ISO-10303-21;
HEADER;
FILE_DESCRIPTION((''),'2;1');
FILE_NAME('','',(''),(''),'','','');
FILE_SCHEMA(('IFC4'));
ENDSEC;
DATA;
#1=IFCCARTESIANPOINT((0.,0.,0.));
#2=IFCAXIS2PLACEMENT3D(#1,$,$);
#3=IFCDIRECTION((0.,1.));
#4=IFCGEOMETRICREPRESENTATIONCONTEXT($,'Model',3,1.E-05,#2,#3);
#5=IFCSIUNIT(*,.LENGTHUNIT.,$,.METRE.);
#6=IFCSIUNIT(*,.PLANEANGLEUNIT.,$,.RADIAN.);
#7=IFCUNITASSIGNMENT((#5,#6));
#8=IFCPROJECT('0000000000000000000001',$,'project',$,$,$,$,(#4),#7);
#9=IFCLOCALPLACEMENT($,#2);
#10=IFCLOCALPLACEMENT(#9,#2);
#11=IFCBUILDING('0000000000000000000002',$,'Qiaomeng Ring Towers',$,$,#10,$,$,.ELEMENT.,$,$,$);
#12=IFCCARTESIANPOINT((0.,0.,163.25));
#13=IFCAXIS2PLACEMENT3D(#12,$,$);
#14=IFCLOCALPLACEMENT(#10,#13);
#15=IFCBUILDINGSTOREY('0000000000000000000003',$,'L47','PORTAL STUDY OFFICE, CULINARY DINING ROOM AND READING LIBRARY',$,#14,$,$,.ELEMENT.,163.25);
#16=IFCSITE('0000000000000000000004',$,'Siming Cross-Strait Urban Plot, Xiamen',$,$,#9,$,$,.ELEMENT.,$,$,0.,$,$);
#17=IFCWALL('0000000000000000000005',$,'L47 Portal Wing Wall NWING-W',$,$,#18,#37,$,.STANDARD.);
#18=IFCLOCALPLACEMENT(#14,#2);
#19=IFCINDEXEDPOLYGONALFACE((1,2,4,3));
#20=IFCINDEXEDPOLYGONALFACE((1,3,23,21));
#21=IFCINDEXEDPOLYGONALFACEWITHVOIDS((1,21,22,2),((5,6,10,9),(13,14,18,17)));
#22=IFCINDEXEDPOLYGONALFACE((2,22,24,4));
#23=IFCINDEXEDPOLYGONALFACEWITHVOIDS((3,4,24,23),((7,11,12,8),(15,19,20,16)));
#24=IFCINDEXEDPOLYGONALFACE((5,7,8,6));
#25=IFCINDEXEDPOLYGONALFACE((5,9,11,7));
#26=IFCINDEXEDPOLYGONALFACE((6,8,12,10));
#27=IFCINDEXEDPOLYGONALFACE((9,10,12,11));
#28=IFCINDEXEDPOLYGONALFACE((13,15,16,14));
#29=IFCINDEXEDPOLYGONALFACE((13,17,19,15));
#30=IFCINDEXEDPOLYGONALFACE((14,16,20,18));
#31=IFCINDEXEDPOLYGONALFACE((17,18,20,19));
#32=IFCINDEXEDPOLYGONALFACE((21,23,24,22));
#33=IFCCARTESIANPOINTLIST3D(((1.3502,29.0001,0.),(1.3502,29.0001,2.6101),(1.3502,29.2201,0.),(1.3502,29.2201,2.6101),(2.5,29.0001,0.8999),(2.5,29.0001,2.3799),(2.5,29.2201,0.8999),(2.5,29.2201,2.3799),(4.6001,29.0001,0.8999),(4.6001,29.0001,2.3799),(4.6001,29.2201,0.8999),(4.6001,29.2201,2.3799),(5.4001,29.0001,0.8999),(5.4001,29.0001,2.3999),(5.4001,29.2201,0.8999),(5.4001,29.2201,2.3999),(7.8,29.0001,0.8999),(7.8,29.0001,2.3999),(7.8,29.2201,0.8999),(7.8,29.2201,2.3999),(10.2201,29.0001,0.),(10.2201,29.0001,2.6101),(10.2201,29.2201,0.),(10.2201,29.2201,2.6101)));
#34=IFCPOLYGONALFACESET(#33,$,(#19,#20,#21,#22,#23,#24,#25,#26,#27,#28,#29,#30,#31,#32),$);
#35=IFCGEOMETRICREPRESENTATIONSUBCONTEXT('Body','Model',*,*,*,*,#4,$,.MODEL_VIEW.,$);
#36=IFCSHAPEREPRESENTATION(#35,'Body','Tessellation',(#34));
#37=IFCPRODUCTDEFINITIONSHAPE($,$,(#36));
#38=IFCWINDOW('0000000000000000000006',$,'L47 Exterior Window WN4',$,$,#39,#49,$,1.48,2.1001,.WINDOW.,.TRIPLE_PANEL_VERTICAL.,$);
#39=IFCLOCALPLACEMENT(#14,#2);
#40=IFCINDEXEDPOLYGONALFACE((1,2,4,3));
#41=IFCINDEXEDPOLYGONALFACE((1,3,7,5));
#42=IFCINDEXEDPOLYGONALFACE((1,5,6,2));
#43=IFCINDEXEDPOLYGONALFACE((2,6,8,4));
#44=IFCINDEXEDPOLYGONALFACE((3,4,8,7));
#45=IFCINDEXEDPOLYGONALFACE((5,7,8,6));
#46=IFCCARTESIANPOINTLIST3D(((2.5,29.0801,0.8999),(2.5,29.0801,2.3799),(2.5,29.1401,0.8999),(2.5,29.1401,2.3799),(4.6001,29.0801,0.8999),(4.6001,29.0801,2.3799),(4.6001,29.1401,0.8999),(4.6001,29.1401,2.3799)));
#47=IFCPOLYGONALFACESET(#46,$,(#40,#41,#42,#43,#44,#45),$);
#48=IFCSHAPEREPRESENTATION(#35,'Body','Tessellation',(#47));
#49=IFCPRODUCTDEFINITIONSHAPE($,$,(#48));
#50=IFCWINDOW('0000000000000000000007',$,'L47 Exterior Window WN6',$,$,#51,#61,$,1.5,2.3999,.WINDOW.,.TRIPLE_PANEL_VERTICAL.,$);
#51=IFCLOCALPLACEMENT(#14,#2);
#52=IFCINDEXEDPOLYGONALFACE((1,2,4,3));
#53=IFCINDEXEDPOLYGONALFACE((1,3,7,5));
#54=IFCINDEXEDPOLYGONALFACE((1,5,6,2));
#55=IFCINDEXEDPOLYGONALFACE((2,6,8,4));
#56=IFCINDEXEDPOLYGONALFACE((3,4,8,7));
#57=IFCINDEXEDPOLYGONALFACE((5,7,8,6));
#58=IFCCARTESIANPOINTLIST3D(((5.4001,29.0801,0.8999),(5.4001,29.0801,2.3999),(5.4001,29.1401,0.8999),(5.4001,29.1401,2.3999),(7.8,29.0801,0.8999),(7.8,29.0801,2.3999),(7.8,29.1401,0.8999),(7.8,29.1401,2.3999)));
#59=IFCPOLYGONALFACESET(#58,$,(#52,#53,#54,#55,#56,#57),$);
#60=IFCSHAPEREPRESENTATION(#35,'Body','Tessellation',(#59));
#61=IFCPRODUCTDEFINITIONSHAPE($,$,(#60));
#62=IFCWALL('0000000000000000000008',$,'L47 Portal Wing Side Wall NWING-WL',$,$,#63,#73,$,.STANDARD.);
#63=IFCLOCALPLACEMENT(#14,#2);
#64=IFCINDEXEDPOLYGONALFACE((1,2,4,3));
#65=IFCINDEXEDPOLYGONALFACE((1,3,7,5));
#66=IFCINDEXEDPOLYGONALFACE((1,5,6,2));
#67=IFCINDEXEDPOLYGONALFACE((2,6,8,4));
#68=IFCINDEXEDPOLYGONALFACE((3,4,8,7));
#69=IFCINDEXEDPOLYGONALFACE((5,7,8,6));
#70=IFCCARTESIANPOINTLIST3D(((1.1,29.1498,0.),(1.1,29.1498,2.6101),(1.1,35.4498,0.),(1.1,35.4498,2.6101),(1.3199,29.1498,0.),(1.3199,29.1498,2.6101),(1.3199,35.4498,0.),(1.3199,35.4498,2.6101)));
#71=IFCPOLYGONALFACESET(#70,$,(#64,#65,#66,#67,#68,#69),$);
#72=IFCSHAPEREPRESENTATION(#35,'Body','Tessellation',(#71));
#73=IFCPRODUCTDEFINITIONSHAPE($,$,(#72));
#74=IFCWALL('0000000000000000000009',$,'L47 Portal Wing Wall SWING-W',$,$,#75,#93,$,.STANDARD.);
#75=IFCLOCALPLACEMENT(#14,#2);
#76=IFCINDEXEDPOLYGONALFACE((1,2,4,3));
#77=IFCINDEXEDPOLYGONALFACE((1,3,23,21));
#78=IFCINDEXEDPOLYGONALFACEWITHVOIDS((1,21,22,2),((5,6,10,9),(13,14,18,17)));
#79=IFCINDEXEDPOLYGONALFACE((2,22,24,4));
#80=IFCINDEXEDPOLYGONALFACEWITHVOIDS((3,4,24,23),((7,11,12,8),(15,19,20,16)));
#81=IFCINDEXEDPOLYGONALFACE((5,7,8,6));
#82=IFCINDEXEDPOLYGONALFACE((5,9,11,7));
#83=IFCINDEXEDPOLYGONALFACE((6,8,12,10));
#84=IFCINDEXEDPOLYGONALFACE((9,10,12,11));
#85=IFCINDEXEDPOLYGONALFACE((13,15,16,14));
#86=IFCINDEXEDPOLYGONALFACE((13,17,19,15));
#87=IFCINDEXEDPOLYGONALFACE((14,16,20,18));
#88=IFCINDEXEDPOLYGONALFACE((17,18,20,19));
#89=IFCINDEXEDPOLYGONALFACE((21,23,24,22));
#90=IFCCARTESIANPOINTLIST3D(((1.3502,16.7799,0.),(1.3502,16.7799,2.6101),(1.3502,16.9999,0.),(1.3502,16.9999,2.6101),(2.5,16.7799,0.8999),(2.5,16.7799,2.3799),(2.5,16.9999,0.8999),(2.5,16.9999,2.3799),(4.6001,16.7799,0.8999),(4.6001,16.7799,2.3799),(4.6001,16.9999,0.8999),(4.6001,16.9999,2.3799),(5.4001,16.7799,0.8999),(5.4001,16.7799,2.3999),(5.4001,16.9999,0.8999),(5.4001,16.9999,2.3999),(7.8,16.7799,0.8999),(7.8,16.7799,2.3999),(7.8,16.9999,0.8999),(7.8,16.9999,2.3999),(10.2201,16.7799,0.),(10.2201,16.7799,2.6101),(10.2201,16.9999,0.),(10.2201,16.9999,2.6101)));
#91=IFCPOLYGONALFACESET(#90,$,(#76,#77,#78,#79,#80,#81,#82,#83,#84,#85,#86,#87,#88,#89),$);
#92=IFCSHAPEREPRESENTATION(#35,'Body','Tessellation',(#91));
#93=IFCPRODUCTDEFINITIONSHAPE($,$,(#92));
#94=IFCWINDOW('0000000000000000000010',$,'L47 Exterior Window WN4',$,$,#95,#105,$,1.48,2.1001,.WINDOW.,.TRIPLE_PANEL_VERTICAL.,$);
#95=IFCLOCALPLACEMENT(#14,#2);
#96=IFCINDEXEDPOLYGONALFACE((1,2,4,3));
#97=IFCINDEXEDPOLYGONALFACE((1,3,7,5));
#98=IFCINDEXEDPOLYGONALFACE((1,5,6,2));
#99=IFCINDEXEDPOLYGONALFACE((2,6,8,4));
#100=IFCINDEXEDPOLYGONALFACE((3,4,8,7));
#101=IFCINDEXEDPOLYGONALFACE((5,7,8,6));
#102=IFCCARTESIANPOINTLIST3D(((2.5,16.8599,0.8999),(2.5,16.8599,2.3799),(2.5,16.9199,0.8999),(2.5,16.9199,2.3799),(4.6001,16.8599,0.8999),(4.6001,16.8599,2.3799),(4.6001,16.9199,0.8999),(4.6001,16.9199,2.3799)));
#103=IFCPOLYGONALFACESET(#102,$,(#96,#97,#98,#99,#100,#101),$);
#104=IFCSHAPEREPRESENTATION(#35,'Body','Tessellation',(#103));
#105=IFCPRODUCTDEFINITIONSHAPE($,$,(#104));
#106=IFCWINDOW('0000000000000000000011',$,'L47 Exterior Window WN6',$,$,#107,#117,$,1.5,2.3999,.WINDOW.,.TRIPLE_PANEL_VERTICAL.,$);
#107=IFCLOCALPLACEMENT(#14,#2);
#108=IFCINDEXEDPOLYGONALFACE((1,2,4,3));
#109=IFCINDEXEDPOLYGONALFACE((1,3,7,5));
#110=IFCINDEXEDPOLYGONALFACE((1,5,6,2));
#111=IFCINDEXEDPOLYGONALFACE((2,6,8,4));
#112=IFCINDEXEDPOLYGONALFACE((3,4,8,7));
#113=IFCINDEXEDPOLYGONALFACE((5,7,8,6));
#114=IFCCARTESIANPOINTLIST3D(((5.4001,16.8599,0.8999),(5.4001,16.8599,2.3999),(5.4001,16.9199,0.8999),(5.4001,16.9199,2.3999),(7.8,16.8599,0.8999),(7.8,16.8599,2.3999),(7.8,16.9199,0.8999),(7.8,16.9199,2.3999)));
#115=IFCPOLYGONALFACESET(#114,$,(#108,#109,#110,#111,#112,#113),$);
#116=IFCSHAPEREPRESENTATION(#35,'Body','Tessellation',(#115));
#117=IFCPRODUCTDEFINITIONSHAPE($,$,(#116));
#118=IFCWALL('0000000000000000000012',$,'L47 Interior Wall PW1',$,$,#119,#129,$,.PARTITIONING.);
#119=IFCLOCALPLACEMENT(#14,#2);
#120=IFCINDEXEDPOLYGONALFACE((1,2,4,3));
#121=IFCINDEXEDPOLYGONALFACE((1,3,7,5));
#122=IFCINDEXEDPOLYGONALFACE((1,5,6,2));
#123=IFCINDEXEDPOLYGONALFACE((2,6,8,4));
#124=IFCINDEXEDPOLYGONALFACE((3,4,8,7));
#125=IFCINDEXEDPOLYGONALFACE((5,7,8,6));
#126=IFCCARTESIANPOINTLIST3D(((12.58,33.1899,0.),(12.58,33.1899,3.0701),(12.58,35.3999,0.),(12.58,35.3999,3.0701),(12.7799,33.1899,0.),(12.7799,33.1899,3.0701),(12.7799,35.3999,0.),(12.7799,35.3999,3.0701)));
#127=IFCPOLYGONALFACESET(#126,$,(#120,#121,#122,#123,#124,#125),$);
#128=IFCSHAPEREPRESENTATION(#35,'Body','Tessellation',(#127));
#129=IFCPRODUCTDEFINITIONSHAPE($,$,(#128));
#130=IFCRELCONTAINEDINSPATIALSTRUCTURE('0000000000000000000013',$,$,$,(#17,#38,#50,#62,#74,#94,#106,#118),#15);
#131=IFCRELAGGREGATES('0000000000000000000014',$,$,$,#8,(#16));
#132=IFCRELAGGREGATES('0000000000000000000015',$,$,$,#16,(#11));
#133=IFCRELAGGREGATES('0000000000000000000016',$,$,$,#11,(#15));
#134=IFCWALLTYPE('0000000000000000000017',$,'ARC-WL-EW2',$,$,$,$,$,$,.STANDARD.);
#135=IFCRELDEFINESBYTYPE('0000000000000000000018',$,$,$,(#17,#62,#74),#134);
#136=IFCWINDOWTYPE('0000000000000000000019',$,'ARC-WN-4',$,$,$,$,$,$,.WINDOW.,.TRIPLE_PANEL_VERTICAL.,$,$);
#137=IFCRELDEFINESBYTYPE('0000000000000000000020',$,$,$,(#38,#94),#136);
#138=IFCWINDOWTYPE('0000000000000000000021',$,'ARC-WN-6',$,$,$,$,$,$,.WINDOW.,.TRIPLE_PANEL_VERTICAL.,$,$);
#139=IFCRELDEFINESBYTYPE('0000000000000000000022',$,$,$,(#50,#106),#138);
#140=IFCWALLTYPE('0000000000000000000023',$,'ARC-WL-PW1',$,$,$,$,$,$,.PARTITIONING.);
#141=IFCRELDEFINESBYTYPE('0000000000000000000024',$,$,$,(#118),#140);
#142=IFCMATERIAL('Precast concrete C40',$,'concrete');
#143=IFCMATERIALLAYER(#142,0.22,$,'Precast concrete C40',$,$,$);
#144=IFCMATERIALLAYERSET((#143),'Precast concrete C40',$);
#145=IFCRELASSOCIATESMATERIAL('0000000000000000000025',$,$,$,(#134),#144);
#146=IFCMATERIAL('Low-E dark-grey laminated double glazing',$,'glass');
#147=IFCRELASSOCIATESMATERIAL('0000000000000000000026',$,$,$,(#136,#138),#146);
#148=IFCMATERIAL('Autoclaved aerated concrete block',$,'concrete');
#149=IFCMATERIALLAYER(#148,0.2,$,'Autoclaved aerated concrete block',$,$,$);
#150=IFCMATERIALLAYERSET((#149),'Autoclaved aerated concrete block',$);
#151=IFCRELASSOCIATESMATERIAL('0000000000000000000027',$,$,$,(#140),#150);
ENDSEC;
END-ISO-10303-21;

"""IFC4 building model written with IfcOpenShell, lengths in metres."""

from ifc_helpers import new_model, si_unit, direction, frame, frame_2d, origin, place, context, subcontext, project, spatial, rectangle, extrude, source, transform, mapped, material, layer, layer_set, type_object, element, fill, save


model = new_model("IFC4")

# Units and contexts
model_context = context("Model", 3, precision=1e-05, world=origin(), true_north=direction((0.0, 1.0)))
body_context = subcontext(model_context, "Body", "Model", "MODEL_VIEW")
ifc_project = project(units=[si_unit("LENGTHUNIT", "METRE"), si_unit("PLANEANGLEUNIT", "RADIAN")], contexts=[model_context])

# Site, building, storey
site_placement = place(None, origin())
site = spatial("IfcSite", under=ifc_project, at=site_placement, Name="Siming Cross-Strait Urban Plot, Xiamen", CompositionType="ELEMENT", RefElevation=0.0)
building_placement = place(site_placement, origin())
building = spatial("IfcBuilding", under=site, at=building_placement, Name="Qiaomeng Ring Towers", CompositionType="ELEMENT")
storey_placement = place(building_placement, frame((0.0, 0.0, 163.25)))
storey = spatial("IfcBuildingStorey", under=building, at=storey_placement, Name="L47", Description="PORTAL STUDY OFFICE, CULINARY DINING ROOM AND READING LIBRARY", CompositionType="ELEMENT", Elevation=163.25)

# Wall, openings, windows
ifc_material_1 = material(Name="Precast concrete C40", Category="concrete")
ifc_layer_1 = layer(ifc_material_1, 0.22, Name="Precast concrete C40")
ifc_layer_set_1 = layer_set([ifc_layer_1], Name="Precast concrete C40")
wall_type_1 = type_object("IfcWallType", Name="ARC-WL-EW2", PredefinedType="STANDARD", material=ifc_layer_set_1)
wall_1_placement = place(storey_placement, frame((1.3501, 29.1101, 0.0), z_axis=(0.0, 0.0, 1.0), x_axis=(1.0, 0.0, 0.0)))
wall_1 = element("IfcWall", 1, at=wall_1_placement, inside=storey, type_object=wall_type_1, Name="L47 Portal Wing Wall NWING-W", PredefinedType="STANDARD", context=body_context, shape_type="SweptSolid", body=[
    extrude(rectangle(XDim=8.8699, YDim=0.22, at=frame_2d((4.4351, 0.0))), origin(), (0.0, 0.0, 1.0), 2.6101),
])
opening_1_placement = place(wall_1_placement, frame((1.1499, 0.0, 0.8999)))
opening_1 = element("IfcOpeningElement", 2, at=opening_1_placement, cuts=wall_1, PredefinedType="OPENING", context=body_context, shape_type="SweptSolid", body=[
    extrude(rectangle(XDim=2.1001, YDim=1.48, at=frame_2d((1.05, 0.74))), frame((0.0, 0.1199, 0.0), z_axis=(0.0, -1.0, 0.0), x_axis=(1.0, 0.0, 0.0)), (0.0, 0.0, 1.0), 0.24),
])
opening_2_placement = place(wall_1_placement, frame((4.05, 0.0, 0.8999)))
opening_2 = element("IfcOpeningElement", 3, at=opening_2_placement, cuts=wall_1, PredefinedType="OPENING", context=body_context, shape_type="SweptSolid", body=[
    extrude(rectangle(XDim=2.3999, YDim=1.5, at=frame_2d((1.2, 0.75))), frame((0.0, 0.1199, 0.0), z_axis=(0.0, -1.0, 0.0), x_axis=(1.0, 0.0, 0.0)), (0.0, 0.0, 1.0), 0.24),
])
ifc_material_2 = material(Name="Low-E dark-grey laminated double glazing", Category="glass")
window_type_1 = type_object("IfcWindowType", Name="ARC-WN-4", PartitioningType="TRIPLE_PANEL_VERTICAL", PredefinedType="WINDOW", material=ifc_material_2)
shared_shape_1 = source(origin(), body_context, "Body", "SweptSolid", [
    extrude(rectangle(XDim=2.1001, YDim=1.48, at=frame_2d((1.05, 0.74))), frame((0.0, 0.03, 0.0), z_axis=(0.0, -1.0, 0.0), x_axis=(1.0, 0.0, 0.0)), (0.0, 0.0, 1.0), 0.0601),
])
window_1_placement = place(opening_1_placement, origin())
window_1 = element("IfcWindow", 4, at=window_1_placement, inside=storey, type_object=window_type_1, Name="L47 Exterior Window WN4", OverallHeight=1.48, OverallWidth=2.1001, PartitioningType="TRIPLE_PANEL_VERTICAL", PredefinedType="WINDOW", context=body_context, shape_type="MappedRepresentation", body=[
    mapped(shared_shape_1, transform((0.0, 0.0, 0.0), x_axis=(1.0, 0.0, 0.0), y_axis=(0.0, 1.0, 0.0), z_axis=(0.0, 0.0, 1.0), scale=1.0)),
])
fill(opening_1, window_1)
window_type_2 = type_object("IfcWindowType", Name="ARC-WN-6", PartitioningType="TRIPLE_PANEL_VERTICAL", PredefinedType="WINDOW", material=ifc_material_2)
shared_shape_2 = source(origin(), body_context, "Body", "SweptSolid", [
    extrude(rectangle(XDim=2.3999, YDim=1.5, at=frame_2d((1.2, 0.75))), frame((0.0, 0.03, 0.0), z_axis=(0.0, -1.0, 0.0), x_axis=(1.0, 0.0, 0.0)), (0.0, 0.0, 1.0), 0.0601),
])
window_2_placement = place(opening_2_placement, origin())
window_2 = element("IfcWindow", 5, at=window_2_placement, inside=storey, type_object=window_type_2, Name="L47 Exterior Window WN6", OverallHeight=1.5, OverallWidth=2.3999, PartitioningType="TRIPLE_PANEL_VERTICAL", PredefinedType="WINDOW", context=body_context, shape_type="MappedRepresentation", body=[
    mapped(shared_shape_2, transform((0.0, 0.0, 0.0), x_axis=(1.0, 0.0, 0.0), y_axis=(0.0, 1.0, 0.0), z_axis=(0.0, 0.0, 1.0), scale=1.0)),
])
fill(opening_2, window_2)

# Wall
wall_2_placement = place(storey_placement, frame((1.21, 29.1499, 0.0), z_axis=(0.0, 0.0, 1.0), x_axis=(0.0, 1.0, 0.0)))
element("IfcWall", 6, at=wall_2_placement, inside=storey, type_object=wall_type_1, Name="L47 Portal Wing Side Wall NWING-WL", PredefinedType="STANDARD", context=body_context, shape_type="SweptSolid", body=[
    extrude(rectangle(XDim=6.3, YDim=0.22, at=frame_2d((3.1499, 0.0))), origin(), (0.0, 0.0, 1.0), 2.6101),
])

# Wall, openings, windows
wall_3_placement = place(storey_placement, frame((1.3501, 16.8899, 0.0), z_axis=(0.0, 0.0, 1.0), x_axis=(1.0, 0.0, 0.0)))
wall_3 = element("IfcWall", 7, at=wall_3_placement, inside=storey, type_object=wall_type_1, Name="L47 Portal Wing Wall SWING-W", PredefinedType="STANDARD", context=body_context, shape_type="SweptSolid", body=[
    extrude(rectangle(XDim=8.8699, YDim=0.22, at=frame_2d((4.4351, 0.0))), origin(), (0.0, 0.0, 1.0), 2.6101),
])
opening_3_placement = place(wall_3_placement, frame((1.1499, 0.0, 0.8999)))
opening_3 = element("IfcOpeningElement", 8, at=opening_3_placement, cuts=wall_3, PredefinedType="OPENING", context=body_context, shape_type="SweptSolid", body=[
    extrude(rectangle(XDim=2.1001, YDim=1.48, at=frame_2d((1.05, 0.74))), frame((0.0, 0.1199, 0.0), z_axis=(0.0, -1.0, 0.0), x_axis=(1.0, 0.0, 0.0)), (0.0, 0.0, 1.0), 0.24),
])
opening_4_placement = place(wall_3_placement, frame((4.05, 0.0, 0.8999)))
opening_4 = element("IfcOpeningElement", 9, at=opening_4_placement, cuts=wall_3, PredefinedType="OPENING", context=body_context, shape_type="SweptSolid", body=[
    extrude(rectangle(XDim=2.3999, YDim=1.5, at=frame_2d((1.2, 0.75))), frame((0.0, 0.1199, 0.0), z_axis=(0.0, -1.0, 0.0), x_axis=(1.0, 0.0, 0.0)), (0.0, 0.0, 1.0), 0.24),
])
window_3_placement = place(opening_3_placement, origin())
window_3 = element("IfcWindow", 10, at=window_3_placement, inside=storey, type_object=window_type_1, Name="L47 Exterior Window WN4", OverallHeight=1.48, OverallWidth=2.1001, PartitioningType="TRIPLE_PANEL_VERTICAL", PredefinedType="WINDOW", context=body_context, shape_type="MappedRepresentation", body=[
    mapped(shared_shape_1, transform((0.0, 0.0, 0.0), x_axis=(1.0, 0.0, 0.0), y_axis=(0.0, 1.0, 0.0), z_axis=(0.0, 0.0, 1.0), scale=1.0)),
])
fill(opening_3, window_3)
window_4_placement = place(opening_4_placement, origin())
window_4 = element("IfcWindow", 11, at=window_4_placement, inside=storey, type_object=window_type_2, Name="L47 Exterior Window WN6", OverallHeight=1.5, OverallWidth=2.3999, PartitioningType="TRIPLE_PANEL_VERTICAL", PredefinedType="WINDOW", context=body_context, shape_type="MappedRepresentation", body=[
    mapped(shared_shape_2, transform((0.0, 0.0, 0.0), x_axis=(1.0, 0.0, 0.0), y_axis=(0.0, 1.0, 0.0), z_axis=(0.0, 0.0, 1.0), scale=1.0)),
])
fill(opening_4, window_4)

# Wall
ifc_material_3 = material(Name="Autoclaved aerated concrete block", Category="concrete")
ifc_layer_2 = layer(ifc_material_3, 0.2, Name="Autoclaved aerated concrete block")
ifc_layer_set_2 = layer_set([ifc_layer_2], Name="Autoclaved aerated concrete block")
wall_type_2 = type_object("IfcWallType", Name="ARC-WL-PW1", PredefinedType="PARTITIONING", material=ifc_layer_set_2)
wall_4_placement = place(storey_placement, frame((12.6799, 33.1899, 0.0), z_axis=(0.0, 0.0, 1.0), x_axis=(0.0, 1.0, 0.0)))
element("IfcWall", 12, at=wall_4_placement, inside=storey, type_object=wall_type_2, Name="L47 Interior Wall PW1", PredefinedType="PARTITIONING", context=body_context, shape_type="SweptSolid", body=[
    extrude(rectangle(XDim=2.21, YDim=0.2, at=frame_2d((1.105, 0.0))), origin(), (0.0, 0.0, 1.0), 3.0701),
])

save(model, "model.ifc")
